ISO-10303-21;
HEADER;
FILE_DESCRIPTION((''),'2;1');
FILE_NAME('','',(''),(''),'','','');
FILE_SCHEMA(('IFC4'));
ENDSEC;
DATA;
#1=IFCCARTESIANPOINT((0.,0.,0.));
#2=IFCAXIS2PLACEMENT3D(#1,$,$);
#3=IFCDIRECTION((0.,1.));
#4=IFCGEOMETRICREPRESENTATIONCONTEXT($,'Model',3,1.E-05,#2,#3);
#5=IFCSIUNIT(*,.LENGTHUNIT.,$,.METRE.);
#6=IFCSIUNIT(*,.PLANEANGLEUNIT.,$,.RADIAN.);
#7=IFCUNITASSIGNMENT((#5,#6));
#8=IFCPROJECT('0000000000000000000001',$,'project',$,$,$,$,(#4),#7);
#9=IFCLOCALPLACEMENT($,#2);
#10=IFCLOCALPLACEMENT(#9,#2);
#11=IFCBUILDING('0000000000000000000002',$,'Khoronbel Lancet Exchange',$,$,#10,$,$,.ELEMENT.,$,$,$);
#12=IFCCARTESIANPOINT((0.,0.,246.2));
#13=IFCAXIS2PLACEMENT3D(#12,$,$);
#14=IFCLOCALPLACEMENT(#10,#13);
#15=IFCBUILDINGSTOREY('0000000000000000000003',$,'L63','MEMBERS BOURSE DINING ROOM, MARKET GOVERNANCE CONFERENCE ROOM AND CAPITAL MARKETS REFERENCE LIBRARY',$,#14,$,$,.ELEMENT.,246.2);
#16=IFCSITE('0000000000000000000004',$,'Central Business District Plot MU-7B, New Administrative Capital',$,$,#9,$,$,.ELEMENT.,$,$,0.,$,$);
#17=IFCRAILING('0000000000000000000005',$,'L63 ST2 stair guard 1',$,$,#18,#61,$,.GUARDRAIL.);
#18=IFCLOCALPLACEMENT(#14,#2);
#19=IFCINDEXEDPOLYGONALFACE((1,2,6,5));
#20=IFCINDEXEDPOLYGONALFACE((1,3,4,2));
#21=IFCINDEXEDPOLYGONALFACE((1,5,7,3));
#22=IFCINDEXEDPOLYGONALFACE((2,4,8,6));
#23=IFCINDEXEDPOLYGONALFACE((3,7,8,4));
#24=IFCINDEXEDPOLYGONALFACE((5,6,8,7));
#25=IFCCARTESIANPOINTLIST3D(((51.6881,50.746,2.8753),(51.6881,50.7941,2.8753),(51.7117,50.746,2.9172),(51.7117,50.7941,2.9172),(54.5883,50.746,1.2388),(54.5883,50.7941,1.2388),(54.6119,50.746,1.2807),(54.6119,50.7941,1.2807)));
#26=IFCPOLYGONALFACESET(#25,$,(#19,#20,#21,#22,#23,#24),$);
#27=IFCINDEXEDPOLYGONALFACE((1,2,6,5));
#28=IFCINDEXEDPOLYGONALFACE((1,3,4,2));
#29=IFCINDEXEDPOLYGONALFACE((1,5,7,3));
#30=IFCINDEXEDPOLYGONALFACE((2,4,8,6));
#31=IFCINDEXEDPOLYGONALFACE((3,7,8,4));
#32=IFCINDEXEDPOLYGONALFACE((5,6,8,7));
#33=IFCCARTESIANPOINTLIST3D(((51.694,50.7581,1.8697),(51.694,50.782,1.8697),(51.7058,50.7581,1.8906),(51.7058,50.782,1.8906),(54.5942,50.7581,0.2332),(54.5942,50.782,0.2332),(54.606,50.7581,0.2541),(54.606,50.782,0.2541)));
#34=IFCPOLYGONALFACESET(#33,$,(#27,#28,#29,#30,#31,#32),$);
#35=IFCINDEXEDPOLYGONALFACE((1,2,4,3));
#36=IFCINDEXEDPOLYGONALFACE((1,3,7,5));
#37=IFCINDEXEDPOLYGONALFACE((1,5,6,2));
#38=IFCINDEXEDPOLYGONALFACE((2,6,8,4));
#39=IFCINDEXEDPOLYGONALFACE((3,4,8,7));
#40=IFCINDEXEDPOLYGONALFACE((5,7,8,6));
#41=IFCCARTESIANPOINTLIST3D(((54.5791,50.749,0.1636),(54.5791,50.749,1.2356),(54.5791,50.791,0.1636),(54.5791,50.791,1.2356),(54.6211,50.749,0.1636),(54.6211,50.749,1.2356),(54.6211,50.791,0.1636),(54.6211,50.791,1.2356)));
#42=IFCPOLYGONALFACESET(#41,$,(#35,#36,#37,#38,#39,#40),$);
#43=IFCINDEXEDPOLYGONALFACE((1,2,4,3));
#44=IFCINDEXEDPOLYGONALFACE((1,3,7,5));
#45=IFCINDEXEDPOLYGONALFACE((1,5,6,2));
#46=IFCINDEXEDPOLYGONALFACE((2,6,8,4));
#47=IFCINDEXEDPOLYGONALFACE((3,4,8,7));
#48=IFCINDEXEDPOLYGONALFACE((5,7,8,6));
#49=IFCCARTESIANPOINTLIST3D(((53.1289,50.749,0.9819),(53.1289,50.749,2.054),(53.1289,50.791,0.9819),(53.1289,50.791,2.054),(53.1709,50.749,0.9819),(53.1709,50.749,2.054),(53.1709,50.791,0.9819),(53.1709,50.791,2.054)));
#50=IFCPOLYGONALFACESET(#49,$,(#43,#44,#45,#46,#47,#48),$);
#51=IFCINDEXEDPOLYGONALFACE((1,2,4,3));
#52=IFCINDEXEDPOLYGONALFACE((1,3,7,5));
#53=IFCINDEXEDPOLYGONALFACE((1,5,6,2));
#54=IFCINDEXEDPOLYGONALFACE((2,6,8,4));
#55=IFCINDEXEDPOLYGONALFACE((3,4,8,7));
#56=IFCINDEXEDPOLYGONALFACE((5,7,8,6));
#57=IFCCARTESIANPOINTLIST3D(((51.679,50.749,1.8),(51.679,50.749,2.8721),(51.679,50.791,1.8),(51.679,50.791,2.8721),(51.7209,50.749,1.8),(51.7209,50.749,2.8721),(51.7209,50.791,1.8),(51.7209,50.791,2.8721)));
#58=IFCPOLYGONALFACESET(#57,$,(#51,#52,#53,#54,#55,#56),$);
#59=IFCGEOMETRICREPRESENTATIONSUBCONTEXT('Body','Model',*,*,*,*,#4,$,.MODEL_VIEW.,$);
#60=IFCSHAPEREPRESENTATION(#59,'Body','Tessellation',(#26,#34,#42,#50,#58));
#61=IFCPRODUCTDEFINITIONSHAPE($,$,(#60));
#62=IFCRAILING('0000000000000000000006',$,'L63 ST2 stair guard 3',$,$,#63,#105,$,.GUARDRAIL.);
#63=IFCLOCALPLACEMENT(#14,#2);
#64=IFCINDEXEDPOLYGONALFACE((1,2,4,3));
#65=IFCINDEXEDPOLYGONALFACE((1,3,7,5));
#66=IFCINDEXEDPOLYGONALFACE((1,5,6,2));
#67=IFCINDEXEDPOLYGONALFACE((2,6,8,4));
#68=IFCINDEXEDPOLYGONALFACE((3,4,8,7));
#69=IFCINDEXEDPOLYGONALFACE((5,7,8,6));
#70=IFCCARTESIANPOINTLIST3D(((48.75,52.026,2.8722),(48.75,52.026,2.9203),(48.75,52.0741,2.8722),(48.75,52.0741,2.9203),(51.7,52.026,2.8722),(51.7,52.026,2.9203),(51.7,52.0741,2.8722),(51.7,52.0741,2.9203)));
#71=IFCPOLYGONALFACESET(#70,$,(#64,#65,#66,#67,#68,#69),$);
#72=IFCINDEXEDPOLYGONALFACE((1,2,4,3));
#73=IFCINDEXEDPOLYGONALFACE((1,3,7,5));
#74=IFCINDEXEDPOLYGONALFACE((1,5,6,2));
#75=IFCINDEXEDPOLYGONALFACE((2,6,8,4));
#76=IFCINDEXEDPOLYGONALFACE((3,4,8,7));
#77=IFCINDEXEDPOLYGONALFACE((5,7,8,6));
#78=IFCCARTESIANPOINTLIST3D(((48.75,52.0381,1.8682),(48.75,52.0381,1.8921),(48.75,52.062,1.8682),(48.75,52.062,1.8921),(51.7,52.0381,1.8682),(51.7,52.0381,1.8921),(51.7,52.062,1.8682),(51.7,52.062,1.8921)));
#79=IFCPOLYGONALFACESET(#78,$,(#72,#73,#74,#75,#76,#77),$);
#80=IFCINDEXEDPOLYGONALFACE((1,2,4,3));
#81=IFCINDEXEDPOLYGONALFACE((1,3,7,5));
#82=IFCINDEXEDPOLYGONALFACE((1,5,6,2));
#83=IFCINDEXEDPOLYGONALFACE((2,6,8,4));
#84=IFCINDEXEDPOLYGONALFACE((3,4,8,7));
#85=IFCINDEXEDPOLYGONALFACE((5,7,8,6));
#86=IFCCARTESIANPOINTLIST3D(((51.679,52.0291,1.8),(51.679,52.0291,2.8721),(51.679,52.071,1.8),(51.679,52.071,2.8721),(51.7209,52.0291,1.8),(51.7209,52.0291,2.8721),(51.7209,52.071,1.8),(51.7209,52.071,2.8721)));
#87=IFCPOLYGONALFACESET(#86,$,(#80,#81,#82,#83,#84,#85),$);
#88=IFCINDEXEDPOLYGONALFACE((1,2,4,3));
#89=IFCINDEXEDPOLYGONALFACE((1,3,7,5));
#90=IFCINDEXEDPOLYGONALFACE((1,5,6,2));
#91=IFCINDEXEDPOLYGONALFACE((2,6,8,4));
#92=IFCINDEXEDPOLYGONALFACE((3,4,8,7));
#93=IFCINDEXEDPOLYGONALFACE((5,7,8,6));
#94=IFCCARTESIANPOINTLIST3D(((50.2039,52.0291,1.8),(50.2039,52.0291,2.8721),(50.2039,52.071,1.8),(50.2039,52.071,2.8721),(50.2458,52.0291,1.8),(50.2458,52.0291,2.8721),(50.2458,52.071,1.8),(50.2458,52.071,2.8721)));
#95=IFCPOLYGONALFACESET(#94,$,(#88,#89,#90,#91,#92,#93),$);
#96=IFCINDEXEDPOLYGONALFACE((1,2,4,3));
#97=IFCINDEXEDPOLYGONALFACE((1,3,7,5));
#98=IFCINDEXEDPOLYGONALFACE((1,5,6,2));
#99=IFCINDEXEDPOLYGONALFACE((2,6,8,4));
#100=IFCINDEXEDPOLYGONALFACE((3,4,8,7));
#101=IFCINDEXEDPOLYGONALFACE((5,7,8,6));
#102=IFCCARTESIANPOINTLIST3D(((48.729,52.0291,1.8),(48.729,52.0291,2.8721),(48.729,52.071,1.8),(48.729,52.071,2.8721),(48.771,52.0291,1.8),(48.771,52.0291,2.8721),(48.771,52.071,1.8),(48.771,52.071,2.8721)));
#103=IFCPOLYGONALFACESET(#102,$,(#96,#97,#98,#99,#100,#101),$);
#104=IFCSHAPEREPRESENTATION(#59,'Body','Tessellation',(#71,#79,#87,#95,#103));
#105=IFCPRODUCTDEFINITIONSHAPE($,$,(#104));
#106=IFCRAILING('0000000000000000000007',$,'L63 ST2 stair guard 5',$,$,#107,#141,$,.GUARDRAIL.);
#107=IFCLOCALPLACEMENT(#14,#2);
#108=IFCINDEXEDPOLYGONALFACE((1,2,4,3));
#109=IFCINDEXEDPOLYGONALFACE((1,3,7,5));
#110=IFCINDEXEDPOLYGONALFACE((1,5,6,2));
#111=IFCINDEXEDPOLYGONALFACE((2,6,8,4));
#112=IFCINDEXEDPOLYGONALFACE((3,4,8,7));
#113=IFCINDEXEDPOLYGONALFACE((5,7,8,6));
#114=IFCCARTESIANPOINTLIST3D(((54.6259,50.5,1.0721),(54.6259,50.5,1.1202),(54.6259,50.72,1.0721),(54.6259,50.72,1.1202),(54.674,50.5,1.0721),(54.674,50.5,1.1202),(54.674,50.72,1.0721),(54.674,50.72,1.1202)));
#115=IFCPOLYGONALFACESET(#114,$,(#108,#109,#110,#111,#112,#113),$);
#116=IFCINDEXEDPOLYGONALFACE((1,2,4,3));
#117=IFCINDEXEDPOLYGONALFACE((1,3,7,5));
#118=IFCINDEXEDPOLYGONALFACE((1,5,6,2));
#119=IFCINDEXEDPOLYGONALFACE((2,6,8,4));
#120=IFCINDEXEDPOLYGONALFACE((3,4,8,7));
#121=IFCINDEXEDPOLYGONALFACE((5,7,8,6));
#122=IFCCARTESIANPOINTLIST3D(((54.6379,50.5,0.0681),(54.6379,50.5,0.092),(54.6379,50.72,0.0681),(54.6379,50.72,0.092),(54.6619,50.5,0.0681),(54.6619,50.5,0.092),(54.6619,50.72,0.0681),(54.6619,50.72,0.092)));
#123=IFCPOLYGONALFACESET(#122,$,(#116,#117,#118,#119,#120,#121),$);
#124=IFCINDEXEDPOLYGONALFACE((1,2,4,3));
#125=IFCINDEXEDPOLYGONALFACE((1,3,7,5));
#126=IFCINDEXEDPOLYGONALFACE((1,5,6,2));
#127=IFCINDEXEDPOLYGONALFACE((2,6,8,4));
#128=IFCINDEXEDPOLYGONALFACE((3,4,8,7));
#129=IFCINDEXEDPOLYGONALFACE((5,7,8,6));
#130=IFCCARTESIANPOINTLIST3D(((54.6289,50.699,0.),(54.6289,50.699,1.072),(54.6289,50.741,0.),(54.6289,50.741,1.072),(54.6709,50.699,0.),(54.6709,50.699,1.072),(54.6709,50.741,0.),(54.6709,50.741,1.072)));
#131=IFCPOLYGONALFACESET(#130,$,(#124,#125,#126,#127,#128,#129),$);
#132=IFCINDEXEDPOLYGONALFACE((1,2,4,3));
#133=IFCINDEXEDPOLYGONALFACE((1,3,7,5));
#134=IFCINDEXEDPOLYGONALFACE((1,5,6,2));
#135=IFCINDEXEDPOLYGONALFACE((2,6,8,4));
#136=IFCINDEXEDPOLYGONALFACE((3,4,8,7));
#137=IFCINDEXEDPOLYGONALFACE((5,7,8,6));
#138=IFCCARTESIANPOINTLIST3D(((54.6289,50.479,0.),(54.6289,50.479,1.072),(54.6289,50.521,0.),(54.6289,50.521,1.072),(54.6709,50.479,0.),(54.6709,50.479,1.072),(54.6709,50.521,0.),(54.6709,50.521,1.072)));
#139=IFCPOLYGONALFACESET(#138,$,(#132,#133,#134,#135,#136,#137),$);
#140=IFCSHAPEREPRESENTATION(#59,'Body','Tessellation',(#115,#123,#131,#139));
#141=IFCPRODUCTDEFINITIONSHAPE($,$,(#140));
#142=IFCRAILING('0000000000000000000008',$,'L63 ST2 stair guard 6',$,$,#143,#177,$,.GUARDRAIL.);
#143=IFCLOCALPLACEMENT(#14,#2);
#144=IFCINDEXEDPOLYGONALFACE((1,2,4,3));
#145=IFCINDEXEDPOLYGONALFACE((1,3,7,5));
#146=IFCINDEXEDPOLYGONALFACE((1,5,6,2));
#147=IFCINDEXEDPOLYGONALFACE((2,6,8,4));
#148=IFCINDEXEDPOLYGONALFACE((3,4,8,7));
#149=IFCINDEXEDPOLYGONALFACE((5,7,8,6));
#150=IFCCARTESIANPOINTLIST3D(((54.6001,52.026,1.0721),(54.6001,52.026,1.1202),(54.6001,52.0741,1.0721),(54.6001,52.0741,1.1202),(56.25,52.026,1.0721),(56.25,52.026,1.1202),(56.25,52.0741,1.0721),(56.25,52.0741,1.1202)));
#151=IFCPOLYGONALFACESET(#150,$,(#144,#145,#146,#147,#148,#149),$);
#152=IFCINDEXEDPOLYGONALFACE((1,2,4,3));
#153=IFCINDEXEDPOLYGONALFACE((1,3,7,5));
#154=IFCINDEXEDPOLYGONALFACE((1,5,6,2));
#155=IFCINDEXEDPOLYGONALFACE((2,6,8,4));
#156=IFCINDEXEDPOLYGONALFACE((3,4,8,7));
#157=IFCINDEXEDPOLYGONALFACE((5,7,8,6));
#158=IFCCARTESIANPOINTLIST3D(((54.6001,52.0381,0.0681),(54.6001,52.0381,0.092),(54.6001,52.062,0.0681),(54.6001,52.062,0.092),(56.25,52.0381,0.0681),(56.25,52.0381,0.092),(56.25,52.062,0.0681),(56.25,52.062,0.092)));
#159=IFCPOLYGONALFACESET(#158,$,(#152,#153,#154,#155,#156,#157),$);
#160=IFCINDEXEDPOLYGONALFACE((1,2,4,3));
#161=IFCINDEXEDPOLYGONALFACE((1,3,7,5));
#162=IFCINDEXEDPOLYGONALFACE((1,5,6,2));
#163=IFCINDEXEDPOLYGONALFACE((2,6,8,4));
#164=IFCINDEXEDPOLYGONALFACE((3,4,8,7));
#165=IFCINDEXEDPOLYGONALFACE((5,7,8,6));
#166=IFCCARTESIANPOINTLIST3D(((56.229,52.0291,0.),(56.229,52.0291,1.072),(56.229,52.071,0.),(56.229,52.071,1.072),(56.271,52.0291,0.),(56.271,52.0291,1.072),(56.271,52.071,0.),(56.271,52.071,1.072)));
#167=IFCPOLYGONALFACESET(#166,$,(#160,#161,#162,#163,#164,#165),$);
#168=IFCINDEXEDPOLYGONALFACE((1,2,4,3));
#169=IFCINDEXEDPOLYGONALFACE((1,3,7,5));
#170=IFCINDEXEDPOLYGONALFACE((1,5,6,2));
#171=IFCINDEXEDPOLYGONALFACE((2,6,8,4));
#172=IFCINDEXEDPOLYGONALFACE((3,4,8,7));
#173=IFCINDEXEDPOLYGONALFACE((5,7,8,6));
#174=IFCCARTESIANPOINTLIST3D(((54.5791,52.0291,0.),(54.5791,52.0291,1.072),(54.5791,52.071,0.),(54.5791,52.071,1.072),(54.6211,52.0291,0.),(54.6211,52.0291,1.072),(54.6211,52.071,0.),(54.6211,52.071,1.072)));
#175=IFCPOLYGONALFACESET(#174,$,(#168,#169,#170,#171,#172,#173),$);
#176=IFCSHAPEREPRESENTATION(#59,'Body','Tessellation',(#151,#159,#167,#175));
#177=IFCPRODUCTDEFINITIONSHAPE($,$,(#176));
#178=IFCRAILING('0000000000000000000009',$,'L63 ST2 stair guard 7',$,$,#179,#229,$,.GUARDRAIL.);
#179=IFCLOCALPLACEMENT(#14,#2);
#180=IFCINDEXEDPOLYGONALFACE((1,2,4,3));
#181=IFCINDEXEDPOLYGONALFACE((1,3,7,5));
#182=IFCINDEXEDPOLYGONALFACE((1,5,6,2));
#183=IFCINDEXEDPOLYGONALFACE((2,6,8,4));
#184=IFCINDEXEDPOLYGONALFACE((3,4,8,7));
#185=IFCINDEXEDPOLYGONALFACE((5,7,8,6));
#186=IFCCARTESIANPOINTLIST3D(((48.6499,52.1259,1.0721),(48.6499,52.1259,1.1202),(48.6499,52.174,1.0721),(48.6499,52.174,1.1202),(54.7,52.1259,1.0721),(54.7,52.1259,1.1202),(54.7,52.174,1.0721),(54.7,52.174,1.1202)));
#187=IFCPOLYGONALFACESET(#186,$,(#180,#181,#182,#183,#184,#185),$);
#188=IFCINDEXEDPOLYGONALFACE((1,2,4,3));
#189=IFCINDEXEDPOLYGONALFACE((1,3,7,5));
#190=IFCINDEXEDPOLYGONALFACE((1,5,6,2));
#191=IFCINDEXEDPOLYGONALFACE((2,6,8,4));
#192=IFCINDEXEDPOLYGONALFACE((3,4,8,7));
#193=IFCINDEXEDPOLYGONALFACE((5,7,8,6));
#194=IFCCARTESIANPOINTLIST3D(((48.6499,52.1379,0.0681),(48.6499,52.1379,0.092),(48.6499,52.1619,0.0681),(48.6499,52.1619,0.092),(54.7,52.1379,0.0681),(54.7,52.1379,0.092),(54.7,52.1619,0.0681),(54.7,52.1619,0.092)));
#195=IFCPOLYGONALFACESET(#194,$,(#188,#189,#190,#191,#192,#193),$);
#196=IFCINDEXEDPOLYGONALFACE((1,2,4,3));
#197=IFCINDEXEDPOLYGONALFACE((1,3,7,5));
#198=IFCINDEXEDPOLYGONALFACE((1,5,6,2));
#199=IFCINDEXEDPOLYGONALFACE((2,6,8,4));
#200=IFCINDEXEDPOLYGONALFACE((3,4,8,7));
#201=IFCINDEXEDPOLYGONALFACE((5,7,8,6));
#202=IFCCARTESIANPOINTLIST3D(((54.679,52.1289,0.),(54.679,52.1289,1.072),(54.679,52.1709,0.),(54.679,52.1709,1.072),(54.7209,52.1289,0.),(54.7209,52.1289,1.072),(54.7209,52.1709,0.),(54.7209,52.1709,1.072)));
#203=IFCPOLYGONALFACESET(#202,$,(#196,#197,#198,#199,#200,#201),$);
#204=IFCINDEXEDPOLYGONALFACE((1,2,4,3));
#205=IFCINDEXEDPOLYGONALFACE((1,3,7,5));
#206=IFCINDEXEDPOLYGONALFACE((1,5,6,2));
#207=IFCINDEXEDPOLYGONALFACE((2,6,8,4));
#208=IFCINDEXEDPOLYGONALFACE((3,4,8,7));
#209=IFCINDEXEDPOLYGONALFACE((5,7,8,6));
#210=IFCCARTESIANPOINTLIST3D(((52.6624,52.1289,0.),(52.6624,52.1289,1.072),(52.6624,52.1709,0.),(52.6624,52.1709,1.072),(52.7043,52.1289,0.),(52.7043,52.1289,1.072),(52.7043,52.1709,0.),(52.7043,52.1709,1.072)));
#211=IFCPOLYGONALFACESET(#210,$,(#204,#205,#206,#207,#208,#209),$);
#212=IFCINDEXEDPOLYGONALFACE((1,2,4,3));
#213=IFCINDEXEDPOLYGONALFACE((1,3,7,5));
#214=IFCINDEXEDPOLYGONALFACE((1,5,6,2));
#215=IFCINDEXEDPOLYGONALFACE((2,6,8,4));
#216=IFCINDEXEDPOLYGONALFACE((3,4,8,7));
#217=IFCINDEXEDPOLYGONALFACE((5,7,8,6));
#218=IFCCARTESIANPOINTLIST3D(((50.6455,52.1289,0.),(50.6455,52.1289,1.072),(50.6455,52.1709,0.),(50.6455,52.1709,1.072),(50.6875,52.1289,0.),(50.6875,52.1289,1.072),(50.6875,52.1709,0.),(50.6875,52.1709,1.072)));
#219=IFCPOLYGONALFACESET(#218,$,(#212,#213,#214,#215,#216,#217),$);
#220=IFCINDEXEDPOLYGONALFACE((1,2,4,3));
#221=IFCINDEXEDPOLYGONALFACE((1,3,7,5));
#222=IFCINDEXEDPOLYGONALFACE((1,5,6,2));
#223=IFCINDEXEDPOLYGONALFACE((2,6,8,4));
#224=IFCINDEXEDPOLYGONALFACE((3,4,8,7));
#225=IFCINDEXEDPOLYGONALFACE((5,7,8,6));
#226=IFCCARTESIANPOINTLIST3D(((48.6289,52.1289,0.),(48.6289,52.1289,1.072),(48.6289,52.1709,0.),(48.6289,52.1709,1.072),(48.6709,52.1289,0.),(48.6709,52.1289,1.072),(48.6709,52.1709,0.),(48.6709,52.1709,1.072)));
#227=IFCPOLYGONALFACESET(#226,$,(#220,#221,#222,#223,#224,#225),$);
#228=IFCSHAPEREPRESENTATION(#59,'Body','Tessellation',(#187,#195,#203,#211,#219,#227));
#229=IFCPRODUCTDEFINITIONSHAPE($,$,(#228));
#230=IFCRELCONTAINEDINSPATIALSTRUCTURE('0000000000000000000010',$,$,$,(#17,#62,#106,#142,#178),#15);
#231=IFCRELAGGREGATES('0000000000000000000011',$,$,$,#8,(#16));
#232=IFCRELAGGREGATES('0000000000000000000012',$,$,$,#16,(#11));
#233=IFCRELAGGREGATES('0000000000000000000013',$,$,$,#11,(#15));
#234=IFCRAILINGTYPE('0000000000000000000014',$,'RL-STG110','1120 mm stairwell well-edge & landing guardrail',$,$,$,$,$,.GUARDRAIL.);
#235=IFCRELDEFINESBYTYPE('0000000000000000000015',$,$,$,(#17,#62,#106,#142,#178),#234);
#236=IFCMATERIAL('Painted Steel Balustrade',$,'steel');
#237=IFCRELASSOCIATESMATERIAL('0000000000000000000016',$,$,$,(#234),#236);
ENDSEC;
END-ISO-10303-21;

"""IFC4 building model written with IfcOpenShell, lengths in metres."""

from ifc_helpers import new_model, si_unit, direction, frame, origin, origin_2d, place, context, subcontext, project, spatial, rectangle, extrude, material, type_object, element, save


model = new_model("IFC4")

# Units and contexts
model_context = context("Model", 3, precision=1e-05, world=origin(), true_north=direction((0.0, 1.0)))
body_context = subcontext(model_context, "Body", "Model", "MODEL_VIEW")
ifc_project = project(units=[si_unit("LENGTHUNIT", "METRE"), si_unit("PLANEANGLEUNIT", "RADIAN")], contexts=[model_context])

# Site, building, storey
site_placement = place(None, origin())
site = spatial("IfcSite", under=ifc_project, at=site_placement, Name="Central Business District Plot MU-7B, New Administrative Capital", CompositionType="ELEMENT", RefElevation=0.0)
building_placement = place(site_placement, origin())
building = spatial("IfcBuilding", under=site, at=building_placement, Name="Khoronbel Lancet Exchange", CompositionType="ELEMENT")
storey_placement = place(building_placement, frame((0.0, 0.0, 246.2)))
storey = spatial("IfcBuildingStorey", under=building, at=storey_placement, Name="L63", Description="MEMBERS BOURSE DINING ROOM, MARKET GOVERNANCE CONFERENCE ROOM AND CAPITAL MARKETS REFERENCE LIBRARY", CompositionType="ELEMENT", Elevation=246.2)

# Railings
ifc_material_1 = material(Name="Painted Steel Balustrade", Category="steel")
railing_type_1 = type_object("IfcRailingType", Name="RL-STG110", Description="1120 mm stairwell well-edge & landing guardrail", PredefinedType="GUARDRAIL", material=ifc_material_1)
railing_1_placement = place(storey_placement, frame((54.6001, 50.77, 0.1636)))
element("IfcRailing", 1, at=railing_1_placement, inside=storey, type_object=railing_type_1, Name="L63 ST2 stair guard 1", PredefinedType="GUARDRAIL", context=body_context, shape_type="SweptSolid", body=[
    extrude(rectangle(XDim=0.0481, YDim=0.0481, at=origin_2d()), frame((0.0, 0.0, 1.0962), z_axis=(-0.870915, 0.0, 0.491434), x_axis=(0.0, -1.0, 0.0)), (0.0, 0.0, 1.0), 3.3301),
    extrude(rectangle(XDim=0.0239, YDim=0.0239, at=origin_2d()), frame((0.0, 0.0, 0.0801), z_axis=(-0.870915, 0.0, 0.491434), x_axis=(0.0, -1.0, 0.0)), (0.0, 0.0, 1.0), 3.3301),
    extrude(rectangle(XDim=0.042, YDim=0.042, at=origin_2d()), origin(), (0.0, 0.0, 1.0), 1.072),
    extrude(rectangle(XDim=0.042, YDim=0.042, at=origin_2d()), frame((-1.4502, 0.0, 0.8184)), (0.0, 0.0, 1.0), 1.072),
    extrude(rectangle(XDim=0.042, YDim=0.042, at=origin_2d()), frame((-2.9001, 0.0, 1.6365)), (0.0, 0.0, 1.0), 1.072),
])
railing_2_placement = place(storey_placement, frame((51.7, 52.05, 1.8)))
element("IfcRailing", 2, at=railing_2_placement, inside=storey, type_object=railing_type_1, Name="L63 ST2 stair guard 3", PredefinedType="GUARDRAIL", context=body_context, shape_type="SweptSolid", body=[
    extrude(rectangle(XDim=0.0481, YDim=0.0481, at=origin_2d()), frame((0.0, 0.0, 1.0962), z_axis=(-1.0, 0.0, 0.0), x_axis=(0.0, -1.0, 0.0)), (0.0, 0.0, 1.0), 2.95),
    extrude(rectangle(XDim=0.0239, YDim=0.0239, at=origin_2d()), frame((0.0, 0.0, 0.0801), z_axis=(-1.0, 0.0, 0.0), x_axis=(0.0, -1.0, 0.0)), (0.0, 0.0, 1.0), 2.95),
    extrude(rectangle(XDim=0.042, YDim=0.042, at=origin_2d()), origin(), (0.0, 0.0, 1.0), 1.072),
    extrude(rectangle(XDim=0.042, YDim=0.042, at=origin_2d()), frame((-1.4751, 0.0, 0.0)), (0.0, 0.0, 1.0), 1.072),
    extrude(rectangle(XDim=0.042, YDim=0.042, at=origin_2d()), frame((-2.95, 0.0, 0.0)), (0.0, 0.0, 1.0), 1.072),
])
railing_3_placement = place(storey_placement, frame((54.6499, 50.72, 0.0)))
element("IfcRailing", 3, at=railing_3_placement, inside=storey, type_object=railing_type_1, Name="L63 ST2 stair guard 5", PredefinedType="GUARDRAIL", context=body_context, shape_type="SweptSolid", body=[
    extrude(rectangle(XDim=0.0481, YDim=0.0481, at=origin_2d()), frame((0.0, 0.0, 1.0962), z_axis=(0.0, -1.0, 0.0), x_axis=(1.0, 0.0, 0.0)), (0.0, 0.0, 1.0), 0.22),
    extrude(rectangle(XDim=0.0239, YDim=0.0239, at=origin_2d()), frame((0.0, 0.0, 0.0801), z_axis=(0.0, -1.0, 0.0), x_axis=(1.0, 0.0, 0.0)), (0.0, 0.0, 1.0), 0.22),
    extrude(rectangle(XDim=0.042, YDim=0.042, at=origin_2d()), origin(), (0.0, 0.0, 1.0), 1.072),
    extrude(rectangle(XDim=0.042, YDim=0.042, at=origin_2d()), frame((0.0, -0.22, 0.0)), (0.0, 0.0, 1.0), 1.072),
])
railing_4_placement = place(storey_placement, frame((56.25, 52.05, 0.0)))
element("IfcRailing", 4, at=railing_4_placement, inside=storey, type_object=railing_type_1, Name="L63 ST2 stair guard 6", PredefinedType="GUARDRAIL", context=body_context, shape_type="SweptSolid", body=[
    extrude(rectangle(XDim=0.0481, YDim=0.0481, at=origin_2d()), frame((0.0, 0.0, 1.0962), z_axis=(-1.0, 0.0, 0.0), x_axis=(0.0, -1.0, 0.0)), (0.0, 0.0, 1.0), 1.6499),
    extrude(rectangle(XDim=0.0239, YDim=0.0239, at=origin_2d()), frame((0.0, 0.0, 0.0801), z_axis=(-1.0, 0.0, 0.0), x_axis=(0.0, -1.0, 0.0)), (0.0, 0.0, 1.0), 1.6499),
    extrude(rectangle(XDim=0.042, YDim=0.042, at=origin_2d()), origin(), (0.0, 0.0, 1.0), 1.072),
    extrude(rectangle(XDim=0.042, YDim=0.042, at=origin_2d()), frame((-1.6499, 0.0, 0.0)), (0.0, 0.0, 1.0), 1.072),
])
railing_5_placement = place(storey_placement, frame((54.7, 52.1499, 0.0)))
element("IfcRailing", 5, at=railing_5_placement, inside=storey, type_object=railing_type_1, Name="L63 ST2 stair guard 7", PredefinedType="GUARDRAIL", context=body_context, shape_type="SweptSolid", body=[
    extrude(rectangle(XDim=0.0481, YDim=0.0481, at=origin_2d()), frame((0.0, 0.0, 1.0962), z_axis=(-1.0, 0.0, 0.0), x_axis=(0.0, -1.0, 0.0)), (0.0, 0.0, 1.0), 6.05),
    extrude(rectangle(XDim=0.0239, YDim=0.0239, at=origin_2d()), frame((0.0, 0.0, 0.0801), z_axis=(-1.0, 0.0, 0.0), x_axis=(0.0, -1.0, 0.0)), (0.0, 0.0, 1.0), 6.05),
    extrude(rectangle(XDim=0.042, YDim=0.042, at=origin_2d()), origin(), (0.0, 0.0, 1.0), 1.072),
    extrude(rectangle(XDim=0.042, YDim=0.042, at=origin_2d()), frame((-2.0166, 0.0, 0.0)), (0.0, 0.0, 1.0), 1.072),
    extrude(rectangle(XDim=0.042, YDim=0.042, at=origin_2d()), frame((-4.0334, 0.0, 0.0)), (0.0, 0.0, 1.0), 1.072),
    extrude(rectangle(XDim=0.042, YDim=0.042, at=origin_2d()), frame((-6.05, 0.0, 0.0)), (0.0, 0.0, 1.0), 1.072),
])

save(model, "model.ifc")
